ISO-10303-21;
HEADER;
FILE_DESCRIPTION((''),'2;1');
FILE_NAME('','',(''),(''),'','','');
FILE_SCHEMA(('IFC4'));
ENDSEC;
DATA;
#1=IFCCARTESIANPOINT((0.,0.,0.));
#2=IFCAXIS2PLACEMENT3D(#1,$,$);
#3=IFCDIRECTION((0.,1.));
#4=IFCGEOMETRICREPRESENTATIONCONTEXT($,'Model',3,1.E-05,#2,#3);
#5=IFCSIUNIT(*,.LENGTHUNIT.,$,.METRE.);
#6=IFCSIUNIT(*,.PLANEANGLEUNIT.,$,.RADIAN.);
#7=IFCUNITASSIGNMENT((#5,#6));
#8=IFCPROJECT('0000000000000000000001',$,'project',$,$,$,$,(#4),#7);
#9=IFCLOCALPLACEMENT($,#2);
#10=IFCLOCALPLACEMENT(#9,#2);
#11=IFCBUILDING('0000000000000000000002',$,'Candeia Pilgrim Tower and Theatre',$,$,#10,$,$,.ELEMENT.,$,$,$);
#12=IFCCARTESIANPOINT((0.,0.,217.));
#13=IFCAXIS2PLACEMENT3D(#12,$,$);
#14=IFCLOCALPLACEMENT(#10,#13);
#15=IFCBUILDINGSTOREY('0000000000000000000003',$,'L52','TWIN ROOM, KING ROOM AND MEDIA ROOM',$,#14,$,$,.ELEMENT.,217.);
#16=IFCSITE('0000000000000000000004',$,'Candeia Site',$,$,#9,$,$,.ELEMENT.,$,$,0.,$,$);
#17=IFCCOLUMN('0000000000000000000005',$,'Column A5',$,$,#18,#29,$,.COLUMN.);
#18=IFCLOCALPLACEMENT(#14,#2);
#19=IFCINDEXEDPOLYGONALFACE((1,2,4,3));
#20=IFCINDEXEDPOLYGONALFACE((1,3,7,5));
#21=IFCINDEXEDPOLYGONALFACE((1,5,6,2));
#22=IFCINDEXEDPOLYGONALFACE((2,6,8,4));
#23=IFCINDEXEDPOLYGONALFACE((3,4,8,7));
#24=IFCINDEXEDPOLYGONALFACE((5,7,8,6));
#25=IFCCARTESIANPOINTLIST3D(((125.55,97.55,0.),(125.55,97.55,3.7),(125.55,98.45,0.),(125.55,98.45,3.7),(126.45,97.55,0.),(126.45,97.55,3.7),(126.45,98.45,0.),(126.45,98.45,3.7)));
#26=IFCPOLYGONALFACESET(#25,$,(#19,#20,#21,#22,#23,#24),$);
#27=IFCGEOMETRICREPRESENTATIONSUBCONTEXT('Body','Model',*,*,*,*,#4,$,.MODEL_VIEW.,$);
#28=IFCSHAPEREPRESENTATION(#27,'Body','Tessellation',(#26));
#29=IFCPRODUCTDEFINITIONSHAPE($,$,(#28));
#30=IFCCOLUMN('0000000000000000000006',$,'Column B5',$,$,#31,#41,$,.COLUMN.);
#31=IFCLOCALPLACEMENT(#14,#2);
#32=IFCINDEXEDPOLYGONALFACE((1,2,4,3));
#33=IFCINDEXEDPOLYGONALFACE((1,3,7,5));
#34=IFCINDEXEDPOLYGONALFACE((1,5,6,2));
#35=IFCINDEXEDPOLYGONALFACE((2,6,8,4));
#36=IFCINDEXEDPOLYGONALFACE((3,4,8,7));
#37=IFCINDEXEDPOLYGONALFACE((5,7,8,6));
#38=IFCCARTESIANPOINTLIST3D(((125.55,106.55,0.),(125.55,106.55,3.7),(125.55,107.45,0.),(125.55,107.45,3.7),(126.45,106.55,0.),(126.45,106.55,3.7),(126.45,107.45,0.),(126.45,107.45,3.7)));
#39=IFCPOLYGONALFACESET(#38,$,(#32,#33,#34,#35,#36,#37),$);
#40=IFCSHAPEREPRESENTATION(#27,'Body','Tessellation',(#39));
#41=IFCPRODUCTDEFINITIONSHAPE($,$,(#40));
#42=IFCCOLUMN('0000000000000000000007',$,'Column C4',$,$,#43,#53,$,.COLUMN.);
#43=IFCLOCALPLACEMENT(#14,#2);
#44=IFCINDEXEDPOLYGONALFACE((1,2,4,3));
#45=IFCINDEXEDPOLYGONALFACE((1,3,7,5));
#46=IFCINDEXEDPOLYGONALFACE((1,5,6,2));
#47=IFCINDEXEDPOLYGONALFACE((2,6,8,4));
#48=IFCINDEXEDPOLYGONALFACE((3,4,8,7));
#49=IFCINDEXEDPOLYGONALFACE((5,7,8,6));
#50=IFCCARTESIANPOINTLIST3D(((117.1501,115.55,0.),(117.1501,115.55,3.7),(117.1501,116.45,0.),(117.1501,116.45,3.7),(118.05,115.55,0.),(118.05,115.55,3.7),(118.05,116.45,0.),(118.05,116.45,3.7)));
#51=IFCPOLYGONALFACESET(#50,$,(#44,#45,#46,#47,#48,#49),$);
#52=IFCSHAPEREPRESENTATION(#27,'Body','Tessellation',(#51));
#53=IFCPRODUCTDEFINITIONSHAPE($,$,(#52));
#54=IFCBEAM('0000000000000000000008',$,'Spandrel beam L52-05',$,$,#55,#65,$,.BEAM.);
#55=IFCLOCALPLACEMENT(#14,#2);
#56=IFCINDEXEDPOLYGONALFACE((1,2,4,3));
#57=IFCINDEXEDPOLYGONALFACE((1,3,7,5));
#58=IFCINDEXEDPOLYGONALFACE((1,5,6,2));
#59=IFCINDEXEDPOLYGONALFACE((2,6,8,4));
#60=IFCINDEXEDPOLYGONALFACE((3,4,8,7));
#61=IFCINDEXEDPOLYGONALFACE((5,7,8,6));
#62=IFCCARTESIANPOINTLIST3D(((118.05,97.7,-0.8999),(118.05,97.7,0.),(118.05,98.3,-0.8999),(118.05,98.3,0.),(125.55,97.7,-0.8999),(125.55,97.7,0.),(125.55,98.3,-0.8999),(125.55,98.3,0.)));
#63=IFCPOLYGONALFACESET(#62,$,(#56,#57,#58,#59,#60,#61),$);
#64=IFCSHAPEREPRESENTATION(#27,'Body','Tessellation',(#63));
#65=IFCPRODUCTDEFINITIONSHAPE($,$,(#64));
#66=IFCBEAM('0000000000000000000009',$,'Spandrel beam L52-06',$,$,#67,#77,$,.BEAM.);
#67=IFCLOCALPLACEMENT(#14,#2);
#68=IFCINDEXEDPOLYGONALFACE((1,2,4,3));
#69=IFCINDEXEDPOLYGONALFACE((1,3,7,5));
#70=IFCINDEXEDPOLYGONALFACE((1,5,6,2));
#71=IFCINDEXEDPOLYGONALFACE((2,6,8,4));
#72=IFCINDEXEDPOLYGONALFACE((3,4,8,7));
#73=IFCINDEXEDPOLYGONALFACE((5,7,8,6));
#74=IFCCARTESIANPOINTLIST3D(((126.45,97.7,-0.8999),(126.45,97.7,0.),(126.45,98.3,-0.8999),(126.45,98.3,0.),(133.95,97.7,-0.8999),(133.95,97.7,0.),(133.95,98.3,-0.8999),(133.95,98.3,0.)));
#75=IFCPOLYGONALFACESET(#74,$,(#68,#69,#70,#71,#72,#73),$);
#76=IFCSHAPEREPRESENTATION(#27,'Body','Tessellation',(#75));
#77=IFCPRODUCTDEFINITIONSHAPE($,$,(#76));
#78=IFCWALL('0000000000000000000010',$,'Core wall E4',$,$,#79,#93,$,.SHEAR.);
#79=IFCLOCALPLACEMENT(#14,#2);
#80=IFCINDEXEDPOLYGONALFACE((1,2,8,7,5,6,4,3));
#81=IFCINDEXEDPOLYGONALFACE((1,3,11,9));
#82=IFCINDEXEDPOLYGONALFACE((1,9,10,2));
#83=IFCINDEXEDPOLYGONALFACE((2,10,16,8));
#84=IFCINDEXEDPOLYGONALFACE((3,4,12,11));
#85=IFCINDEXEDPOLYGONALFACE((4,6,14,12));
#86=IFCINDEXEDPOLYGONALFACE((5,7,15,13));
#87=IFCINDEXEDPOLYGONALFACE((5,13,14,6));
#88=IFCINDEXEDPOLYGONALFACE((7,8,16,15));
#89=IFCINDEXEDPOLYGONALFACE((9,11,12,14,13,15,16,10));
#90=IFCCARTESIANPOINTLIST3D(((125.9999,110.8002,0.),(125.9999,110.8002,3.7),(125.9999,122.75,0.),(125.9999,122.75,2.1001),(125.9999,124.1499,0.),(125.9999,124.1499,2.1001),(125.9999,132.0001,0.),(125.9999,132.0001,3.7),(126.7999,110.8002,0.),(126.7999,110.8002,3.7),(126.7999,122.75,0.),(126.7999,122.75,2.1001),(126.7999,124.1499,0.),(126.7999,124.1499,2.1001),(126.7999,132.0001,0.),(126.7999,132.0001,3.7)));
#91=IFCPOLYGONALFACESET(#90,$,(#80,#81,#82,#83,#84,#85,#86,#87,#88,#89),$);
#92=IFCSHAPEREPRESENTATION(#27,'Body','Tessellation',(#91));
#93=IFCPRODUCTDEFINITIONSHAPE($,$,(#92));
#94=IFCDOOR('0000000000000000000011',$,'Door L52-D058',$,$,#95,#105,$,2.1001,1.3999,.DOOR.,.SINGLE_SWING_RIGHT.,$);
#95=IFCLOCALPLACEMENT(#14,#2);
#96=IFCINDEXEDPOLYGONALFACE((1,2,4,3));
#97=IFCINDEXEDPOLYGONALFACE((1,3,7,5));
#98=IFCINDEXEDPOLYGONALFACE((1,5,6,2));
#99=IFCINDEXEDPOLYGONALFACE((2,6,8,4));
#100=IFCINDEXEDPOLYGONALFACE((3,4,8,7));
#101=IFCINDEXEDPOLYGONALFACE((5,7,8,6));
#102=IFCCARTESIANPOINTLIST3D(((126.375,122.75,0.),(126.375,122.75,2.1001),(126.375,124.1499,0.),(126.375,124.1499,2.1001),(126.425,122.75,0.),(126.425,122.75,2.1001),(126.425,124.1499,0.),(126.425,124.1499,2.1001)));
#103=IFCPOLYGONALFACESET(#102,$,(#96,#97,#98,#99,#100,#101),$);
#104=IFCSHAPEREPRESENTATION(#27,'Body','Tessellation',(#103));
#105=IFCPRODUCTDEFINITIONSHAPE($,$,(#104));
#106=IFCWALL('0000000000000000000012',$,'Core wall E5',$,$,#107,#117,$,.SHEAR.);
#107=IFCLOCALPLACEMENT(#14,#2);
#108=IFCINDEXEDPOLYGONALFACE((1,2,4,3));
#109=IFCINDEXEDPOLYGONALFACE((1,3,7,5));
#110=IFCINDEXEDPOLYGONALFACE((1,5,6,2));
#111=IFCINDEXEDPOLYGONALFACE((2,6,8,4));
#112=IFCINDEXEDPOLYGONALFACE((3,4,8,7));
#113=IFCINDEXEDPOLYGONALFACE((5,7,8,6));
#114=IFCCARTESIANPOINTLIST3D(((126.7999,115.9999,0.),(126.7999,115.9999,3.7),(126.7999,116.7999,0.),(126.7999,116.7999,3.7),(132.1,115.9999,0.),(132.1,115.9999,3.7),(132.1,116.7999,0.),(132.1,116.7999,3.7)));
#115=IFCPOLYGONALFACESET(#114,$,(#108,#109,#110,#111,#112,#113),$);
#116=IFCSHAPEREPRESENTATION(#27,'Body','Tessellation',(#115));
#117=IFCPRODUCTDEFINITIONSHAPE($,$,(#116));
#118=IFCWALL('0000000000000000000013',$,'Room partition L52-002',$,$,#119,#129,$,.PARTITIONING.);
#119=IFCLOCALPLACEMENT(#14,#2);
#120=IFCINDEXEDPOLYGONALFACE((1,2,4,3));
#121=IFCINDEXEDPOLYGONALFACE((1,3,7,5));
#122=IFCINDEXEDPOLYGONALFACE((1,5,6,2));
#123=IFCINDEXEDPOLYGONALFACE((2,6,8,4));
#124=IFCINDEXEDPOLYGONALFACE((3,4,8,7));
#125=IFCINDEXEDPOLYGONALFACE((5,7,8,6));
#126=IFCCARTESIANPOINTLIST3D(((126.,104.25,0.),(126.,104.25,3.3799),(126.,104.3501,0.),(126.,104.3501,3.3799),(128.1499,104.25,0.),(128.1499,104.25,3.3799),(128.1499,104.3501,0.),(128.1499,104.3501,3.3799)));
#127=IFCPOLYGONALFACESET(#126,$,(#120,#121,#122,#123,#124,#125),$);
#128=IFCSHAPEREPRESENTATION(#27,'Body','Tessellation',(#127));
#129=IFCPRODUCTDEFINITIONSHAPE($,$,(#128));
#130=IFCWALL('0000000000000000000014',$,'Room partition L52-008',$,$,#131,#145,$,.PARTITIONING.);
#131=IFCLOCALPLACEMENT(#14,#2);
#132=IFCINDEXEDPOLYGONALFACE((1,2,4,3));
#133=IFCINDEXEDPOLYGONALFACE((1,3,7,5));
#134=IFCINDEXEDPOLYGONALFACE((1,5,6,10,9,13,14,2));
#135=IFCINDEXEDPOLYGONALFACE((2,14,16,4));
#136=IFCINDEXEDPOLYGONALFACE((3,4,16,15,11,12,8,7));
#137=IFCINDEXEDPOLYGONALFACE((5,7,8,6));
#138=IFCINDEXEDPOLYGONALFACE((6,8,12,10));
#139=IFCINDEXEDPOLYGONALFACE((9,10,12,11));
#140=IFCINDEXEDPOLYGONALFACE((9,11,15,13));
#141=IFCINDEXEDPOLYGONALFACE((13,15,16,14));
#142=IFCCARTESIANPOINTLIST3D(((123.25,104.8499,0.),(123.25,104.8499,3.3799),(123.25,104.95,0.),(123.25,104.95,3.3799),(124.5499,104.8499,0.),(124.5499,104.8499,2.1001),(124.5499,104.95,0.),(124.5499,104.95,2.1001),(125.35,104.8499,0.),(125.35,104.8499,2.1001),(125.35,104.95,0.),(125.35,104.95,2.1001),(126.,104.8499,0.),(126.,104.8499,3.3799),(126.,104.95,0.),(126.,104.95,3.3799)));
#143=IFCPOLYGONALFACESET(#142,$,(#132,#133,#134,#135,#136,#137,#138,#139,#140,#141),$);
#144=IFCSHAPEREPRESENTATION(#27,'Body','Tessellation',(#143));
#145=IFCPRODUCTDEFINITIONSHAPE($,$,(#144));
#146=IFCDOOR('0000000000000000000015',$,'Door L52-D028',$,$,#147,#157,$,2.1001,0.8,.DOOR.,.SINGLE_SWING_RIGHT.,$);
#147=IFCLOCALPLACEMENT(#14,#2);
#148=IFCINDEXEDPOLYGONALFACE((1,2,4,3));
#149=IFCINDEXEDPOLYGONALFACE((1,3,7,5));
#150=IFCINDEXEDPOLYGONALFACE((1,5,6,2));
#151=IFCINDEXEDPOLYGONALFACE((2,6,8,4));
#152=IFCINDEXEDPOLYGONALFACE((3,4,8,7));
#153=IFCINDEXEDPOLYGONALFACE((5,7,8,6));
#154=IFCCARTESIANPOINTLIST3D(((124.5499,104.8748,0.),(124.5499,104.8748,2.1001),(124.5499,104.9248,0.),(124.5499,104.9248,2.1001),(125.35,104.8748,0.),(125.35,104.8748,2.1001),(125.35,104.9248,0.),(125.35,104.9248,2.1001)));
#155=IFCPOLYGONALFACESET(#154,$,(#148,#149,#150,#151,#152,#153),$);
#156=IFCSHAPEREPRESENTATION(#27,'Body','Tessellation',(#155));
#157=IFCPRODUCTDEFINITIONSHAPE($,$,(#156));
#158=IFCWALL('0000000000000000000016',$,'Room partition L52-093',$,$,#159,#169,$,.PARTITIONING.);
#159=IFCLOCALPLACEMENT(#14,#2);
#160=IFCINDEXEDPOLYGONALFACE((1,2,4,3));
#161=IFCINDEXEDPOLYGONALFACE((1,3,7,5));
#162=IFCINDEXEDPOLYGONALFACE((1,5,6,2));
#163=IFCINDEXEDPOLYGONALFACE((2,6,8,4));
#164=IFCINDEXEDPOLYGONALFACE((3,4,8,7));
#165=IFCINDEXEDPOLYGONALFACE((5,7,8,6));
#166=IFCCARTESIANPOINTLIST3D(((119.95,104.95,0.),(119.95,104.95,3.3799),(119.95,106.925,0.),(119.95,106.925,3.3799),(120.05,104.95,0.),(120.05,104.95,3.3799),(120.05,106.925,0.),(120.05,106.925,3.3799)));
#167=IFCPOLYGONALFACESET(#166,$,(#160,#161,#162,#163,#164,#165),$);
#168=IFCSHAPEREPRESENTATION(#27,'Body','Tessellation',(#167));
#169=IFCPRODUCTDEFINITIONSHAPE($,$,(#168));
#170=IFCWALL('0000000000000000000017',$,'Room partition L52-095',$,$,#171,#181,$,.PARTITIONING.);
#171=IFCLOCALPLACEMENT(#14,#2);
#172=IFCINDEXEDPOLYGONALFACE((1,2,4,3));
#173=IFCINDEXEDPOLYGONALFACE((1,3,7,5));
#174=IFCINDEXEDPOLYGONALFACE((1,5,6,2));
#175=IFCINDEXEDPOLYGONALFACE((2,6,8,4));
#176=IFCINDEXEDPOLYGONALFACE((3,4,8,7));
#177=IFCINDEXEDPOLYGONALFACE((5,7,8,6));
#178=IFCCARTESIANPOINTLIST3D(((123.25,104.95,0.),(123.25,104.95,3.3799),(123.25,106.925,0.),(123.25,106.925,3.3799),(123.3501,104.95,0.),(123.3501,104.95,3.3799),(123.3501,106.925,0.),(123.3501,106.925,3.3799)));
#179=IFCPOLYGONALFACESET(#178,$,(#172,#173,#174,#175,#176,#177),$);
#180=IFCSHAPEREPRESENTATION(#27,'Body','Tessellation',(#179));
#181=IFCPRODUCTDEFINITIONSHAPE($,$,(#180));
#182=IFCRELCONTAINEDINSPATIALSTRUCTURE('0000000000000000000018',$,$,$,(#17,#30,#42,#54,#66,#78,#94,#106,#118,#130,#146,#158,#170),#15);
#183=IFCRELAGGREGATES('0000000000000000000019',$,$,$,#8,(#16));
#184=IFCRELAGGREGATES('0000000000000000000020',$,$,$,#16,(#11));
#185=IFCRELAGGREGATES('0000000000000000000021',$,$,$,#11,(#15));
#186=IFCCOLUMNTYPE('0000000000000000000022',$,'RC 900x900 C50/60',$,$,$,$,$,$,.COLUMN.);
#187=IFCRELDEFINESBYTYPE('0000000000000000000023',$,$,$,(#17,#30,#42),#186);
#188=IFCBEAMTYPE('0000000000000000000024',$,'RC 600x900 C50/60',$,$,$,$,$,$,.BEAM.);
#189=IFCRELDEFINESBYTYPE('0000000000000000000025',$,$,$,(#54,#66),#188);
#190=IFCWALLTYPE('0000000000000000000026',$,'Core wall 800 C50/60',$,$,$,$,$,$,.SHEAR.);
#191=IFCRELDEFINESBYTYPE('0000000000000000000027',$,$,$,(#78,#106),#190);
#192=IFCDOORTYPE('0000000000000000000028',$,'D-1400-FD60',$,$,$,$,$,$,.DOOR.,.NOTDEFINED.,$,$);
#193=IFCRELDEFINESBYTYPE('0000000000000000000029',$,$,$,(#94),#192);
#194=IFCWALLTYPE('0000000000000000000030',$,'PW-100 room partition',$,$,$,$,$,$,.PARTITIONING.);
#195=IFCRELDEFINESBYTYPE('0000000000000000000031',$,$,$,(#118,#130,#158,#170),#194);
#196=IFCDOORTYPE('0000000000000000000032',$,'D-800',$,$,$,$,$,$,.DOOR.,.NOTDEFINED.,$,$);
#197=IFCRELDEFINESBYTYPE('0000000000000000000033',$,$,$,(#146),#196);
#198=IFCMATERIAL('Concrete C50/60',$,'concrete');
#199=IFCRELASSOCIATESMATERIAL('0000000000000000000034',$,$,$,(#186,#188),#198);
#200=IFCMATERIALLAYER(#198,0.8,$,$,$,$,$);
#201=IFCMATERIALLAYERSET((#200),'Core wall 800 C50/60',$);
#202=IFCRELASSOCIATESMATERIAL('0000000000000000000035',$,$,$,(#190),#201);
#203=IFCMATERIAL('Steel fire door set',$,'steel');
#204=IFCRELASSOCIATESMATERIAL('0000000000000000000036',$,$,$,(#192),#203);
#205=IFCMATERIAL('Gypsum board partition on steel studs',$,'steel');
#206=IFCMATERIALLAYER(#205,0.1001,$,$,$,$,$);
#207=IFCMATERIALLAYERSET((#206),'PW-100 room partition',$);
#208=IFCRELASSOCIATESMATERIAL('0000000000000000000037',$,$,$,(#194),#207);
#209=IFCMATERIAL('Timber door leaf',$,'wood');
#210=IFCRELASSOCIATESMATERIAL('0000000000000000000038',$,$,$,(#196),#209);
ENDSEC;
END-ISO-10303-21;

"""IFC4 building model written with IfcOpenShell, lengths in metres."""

from ifc_helpers import new_model, si_unit, direction, frame, frame_2d, origin, origin_2d, place, context, subcontext, project, spatial, rectangle, extrude, material, layer, layer_set, material_profile, profile_set, type_object, element, fill, save


model = new_model("IFC4")

# Units and contexts
model_context = context("Model", 3, precision=1e-05, world=origin(), true_north=direction((0.0, 1.0)))
body_context = subcontext(model_context, "Body", "Model", "MODEL_VIEW")
ifc_project = project(units=[si_unit("LENGTHUNIT", "METRE"), si_unit("PLANEANGLEUNIT", "RADIAN")], contexts=[model_context])

# Site, building, storey
site_placement = place(None, origin())
site = spatial("IfcSite", under=ifc_project, at=site_placement, Name="Candeia Site", CompositionType="ELEMENT", RefElevation=0.0)
building_placement = place(site_placement, origin())
building = spatial("IfcBuilding", under=site, at=building_placement, Name="Candeia Pilgrim Tower and Theatre", CompositionType="ELEMENT")
storey_placement = place(building_placement, frame((0.0, 0.0, 217.0)))
storey = spatial("IfcBuildingStorey", under=building, at=storey_placement, Name="L52", Description="TWIN ROOM, KING ROOM AND MEDIA ROOM", CompositionType="ELEMENT", Elevation=217.0)

# Columns
ifc_material_1 = material(Name="Concrete C50/60", Category="concrete")
ifc_material_profile_1 = material_profile(ifc_material_1, rectangle(XDim=0.8999, YDim=0.8999, at=origin_2d()))
ifc_profile_set_1 = profile_set([ifc_material_profile_1], Name="Concrete C50/60")
column_type = type_object("IfcColumnType", Name="RC 900x900 C50/60", PredefinedType="COLUMN", material=ifc_profile_set_1)
for number, where, z_axis, x_axis, name in (
    (1, (126.0, 98.0, 0.0), (0.0, 0.0, 1.0), (1.0, 0.0, 0.0), "Column A5"),
    (2, (126.0, 107.0, 0.0), (0.0, 0.0, 1.0), (1.0, 0.0, 0.0), "Column B5"),
    (3, (117.6001, 116.0, 0.0), (0.0, 0.0, 1.0), (1.0, 0.0, 0.0), "Column C4"),
):
    element("IfcColumn", number, at=place(storey_placement, frame(where, z_axis=z_axis, x_axis=x_axis)), inside=storey, type_object=column_type, Name=name, PredefinedType="COLUMN", context=body_context, shape_type="SweptSolid", body=[
        extrude(rectangle(XDim=0.8999, YDim=0.8999, at=origin_2d()), origin(), (0.0, 0.0, 1.0), 3.7),
    ])

# Beams
ifc_material_profile_2 = material_profile(ifc_material_1, rectangle(XDim=0.6001, YDim=0.8999, at=origin_2d()))
ifc_profile_set_2 = profile_set([ifc_material_profile_2], Name="Concrete C50/60")
beam_type = type_object("IfcBeamType", Name="RC 600x900 C50/60", PredefinedType="BEAM", material=ifc_profile_set_2)
for number, where, z_axis, x_axis, name in (
    (4, (118.05, 98.0, -0.45), (1.0, 0.0, 0.0), (0.0, 1.0, 0.0), "Spandrel beam L52-05"),
    (5, (126.45, 98.0, -0.45), (1.0, 0.0, 0.0), (0.0, 1.0, 0.0), "Spandrel beam L52-06"),
):
    element("IfcBeam", number, at=place(storey_placement, frame(where, z_axis=z_axis, x_axis=x_axis)), inside=storey, type_object=beam_type, Name=name, PredefinedType="BEAM", context=body_context, shape_type="SweptSolid", body=[
        extrude(rectangle(XDim=0.6001, YDim=0.8999, at=origin_2d()), origin(), (0.0, 0.0, 1.0), 7.5),
    ])

# Wall, opening, door
ifc_layer_1 = layer(ifc_material_1, 0.8)
ifc_layer_set_1 = layer_set([ifc_layer_1], Name="Core wall 800 C50/60")
wall_type_1 = type_object("IfcWallType", Name="Core wall 800 C50/60", PredefinedType="SHEAR", material=ifc_layer_set_1)
wall_1_placement = place(storey_placement, frame((126.3999, 110.8, 0.0), z_axis=(0.0, 0.0, 1.0), x_axis=(0.0, 1.0, 0.0)))
wall_1 = element("IfcWall", 6, at=wall_1_placement, inside=storey, type_object=wall_type_1, Name="Core wall E4", PredefinedType="SHEAR", context=body_context, shape_type="SweptSolid", body=[
    extrude(rectangle(XDim=21.2, YDim=0.8, at=frame_2d((10.6001, 0.0))), origin(), (0.0, 0.0, 1.0), 3.7),
])
opening_1_placement = place(wall_1_placement, frame((11.95, 0.0, 0.0)))
opening_1 = element("IfcOpeningElement", 7, at=opening_1_placement, cuts=wall_1, PredefinedType="OPENING", context=body_context, shape_type="SweptSolid", body=[
    extrude(rectangle(XDim=1.3999, YDim=2.1001, at=frame_2d((0.7, 1.05))), frame((0.0, 0.4102, 0.0), z_axis=(0.0, -1.0, 0.0), x_axis=(1.0, 0.0, 0.0)), (0.0, 0.0, 1.0), 0.8201),
])
ifc_material_2 = material(Name="Steel fire door set", Category="steel")
door_type_1 = type_object("IfcDoorType", Name="D-1400-FD60", OperationType="NOTDEFINED", PredefinedType="DOOR", material=ifc_material_2)
door_1_placement = place(opening_1_placement, origin())
door_1 = element("IfcDoor", 8, at=door_1_placement, inside=storey, type_object=door_type_1, Name="Door L52-D058", OperationType="SINGLE_SWING_RIGHT", OverallHeight=2.1001, OverallWidth=1.3999, PredefinedType="DOOR", context=body_context, shape_type="SweptSolid", body=[
    extrude(rectangle(XDim=1.3999, YDim=2.1001, at=frame_2d((0.7, 1.05))), frame((0.0, 0.0249, 0.0), z_axis=(0.0, -1.0, 0.0), x_axis=(1.0, 0.0, 0.0)), (0.0, 0.0, 1.0), 0.05),
])
fill(opening_1, door_1)

# Walls
wall_2_placement = place(storey_placement, frame((126.8, 116.3999, 0.0), z_axis=(0.0, 0.0, 1.0), x_axis=(1.0, 0.0, 0.0)))
element("IfcWall", 9, at=wall_2_placement, inside=storey, type_object=wall_type_1, Name="Core wall E5", PredefinedType="SHEAR", context=body_context, shape_type="SweptSolid", body=[
    extrude(rectangle(XDim=5.3, YDim=0.8, at=frame_2d((2.6499, 0.0))), origin(), (0.0, 0.0, 1.0), 3.7),
])
ifc_material_3 = material(Name="Gypsum board partition on steel studs", Category="steel")
ifc_layer_2 = layer(ifc_material_3, 0.1001)
ifc_layer_set_2 = layer_set([ifc_layer_2], Name="PW-100 room partition")
wall_type_2 = type_object("IfcWallType", Name="PW-100 room partition", PredefinedType="PARTITIONING", material=ifc_layer_set_2)
wall_3_placement = place(storey_placement, frame((126.0, 104.3, 0.0), z_axis=(0.0, 0.0, 1.0), x_axis=(1.0, 0.0, 0.0)))
element("IfcWall", 10, at=wall_3_placement, inside=storey, type_object=wall_type_2, Name="Room partition L52-002", PredefinedType="PARTITIONING", context=body_context, shape_type="SweptSolid", body=[
    extrude(rectangle(XDim=2.1499, YDim=0.1001, at=frame_2d((1.075, 0.0))), origin(), (0.0, 0.0, 1.0), 3.3799),
])

# Wall, opening, door
wall_4_placement = place(storey_placement, frame((123.25, 104.8999, 0.0), z_axis=(0.0, 0.0, 1.0), x_axis=(1.0, 0.0, 0.0)))
wall_4 = element("IfcWall", 11, at=wall_4_placement, inside=storey, type_object=wall_type_2, Name="Room partition L52-008", PredefinedType="PARTITIONING", context=body_context, shape_type="SweptSolid", body=[
    extrude(rectangle(XDim=2.75, YDim=0.1001, at=frame_2d((1.375, 0.0))), origin(), (0.0, 0.0, 1.0), 3.3799),
])
opening_2_placement = place(wall_4_placement, frame((1.3, 0.0, 0.0)))
opening_2 = element("IfcOpeningElement", 12, at=opening_2_placement, cuts=wall_4, PredefinedType="OPENING", context=body_context, shape_type="SweptSolid", body=[
    extrude(rectangle(XDim=0.8, YDim=2.1001, at=frame_2d((0.3999, 1.05))), frame((0.0, 0.0601, 0.0), z_axis=(0.0, -1.0, 0.0), x_axis=(1.0, 0.0, 0.0)), (0.0, 0.0, 1.0), 0.1201),
])
ifc_material_4 = material(Name="Timber door leaf", Category="wood")
door_type_2 = type_object("IfcDoorType", Name="D-800", OperationType="NOTDEFINED", PredefinedType="DOOR", material=ifc_material_4)
door_2_placement = place(opening_2_placement, origin())
door_2 = element("IfcDoor", 13, at=door_2_placement, inside=storey, type_object=door_type_2, Name="Door L52-D028", OperationType="SINGLE_SWING_RIGHT", OverallHeight=2.1001, OverallWidth=0.8, PredefinedType="DOOR", context=body_context, shape_type="SweptSolid", body=[
    extrude(rectangle(XDim=0.8, YDim=2.1001, at=frame_2d((0.3999, 1.05))), frame((0.0, 0.0249, 0.0), z_axis=(0.0, -1.0, 0.0), x_axis=(1.0, 0.0, 0.0)), (0.0, 0.0, 1.0), 0.05),
])
fill(opening_2, door_2)

# Walls
for number, where, z_axis, x_axis, name in (
    (14, (120.0, 104.95, 0.0), (0.0, 0.0, 1.0), (0.0, 1.0, 0.0), "Room partition L52-093"),
    (15, (123.3, 104.95, 0.0), (0.0, 0.0, 1.0), (0.0, 1.0, 0.0), "Room partition L52-095"),
):
    element("IfcWall", number, at=place(storey_placement, frame(where, z_axis=z_axis, x_axis=x_axis)), inside=storey, type_object=wall_type_2, Name=name, PredefinedType="PARTITIONING", context=body_context, shape_type="SweptSolid", body=[
        extrude(rectangle(XDim=1.9751, YDim=0.1001, at=frame_2d((0.9875, 0.0))), origin(), (0.0, 0.0, 1.0), 3.3799),
    ])

save(model, "model.ifc")
